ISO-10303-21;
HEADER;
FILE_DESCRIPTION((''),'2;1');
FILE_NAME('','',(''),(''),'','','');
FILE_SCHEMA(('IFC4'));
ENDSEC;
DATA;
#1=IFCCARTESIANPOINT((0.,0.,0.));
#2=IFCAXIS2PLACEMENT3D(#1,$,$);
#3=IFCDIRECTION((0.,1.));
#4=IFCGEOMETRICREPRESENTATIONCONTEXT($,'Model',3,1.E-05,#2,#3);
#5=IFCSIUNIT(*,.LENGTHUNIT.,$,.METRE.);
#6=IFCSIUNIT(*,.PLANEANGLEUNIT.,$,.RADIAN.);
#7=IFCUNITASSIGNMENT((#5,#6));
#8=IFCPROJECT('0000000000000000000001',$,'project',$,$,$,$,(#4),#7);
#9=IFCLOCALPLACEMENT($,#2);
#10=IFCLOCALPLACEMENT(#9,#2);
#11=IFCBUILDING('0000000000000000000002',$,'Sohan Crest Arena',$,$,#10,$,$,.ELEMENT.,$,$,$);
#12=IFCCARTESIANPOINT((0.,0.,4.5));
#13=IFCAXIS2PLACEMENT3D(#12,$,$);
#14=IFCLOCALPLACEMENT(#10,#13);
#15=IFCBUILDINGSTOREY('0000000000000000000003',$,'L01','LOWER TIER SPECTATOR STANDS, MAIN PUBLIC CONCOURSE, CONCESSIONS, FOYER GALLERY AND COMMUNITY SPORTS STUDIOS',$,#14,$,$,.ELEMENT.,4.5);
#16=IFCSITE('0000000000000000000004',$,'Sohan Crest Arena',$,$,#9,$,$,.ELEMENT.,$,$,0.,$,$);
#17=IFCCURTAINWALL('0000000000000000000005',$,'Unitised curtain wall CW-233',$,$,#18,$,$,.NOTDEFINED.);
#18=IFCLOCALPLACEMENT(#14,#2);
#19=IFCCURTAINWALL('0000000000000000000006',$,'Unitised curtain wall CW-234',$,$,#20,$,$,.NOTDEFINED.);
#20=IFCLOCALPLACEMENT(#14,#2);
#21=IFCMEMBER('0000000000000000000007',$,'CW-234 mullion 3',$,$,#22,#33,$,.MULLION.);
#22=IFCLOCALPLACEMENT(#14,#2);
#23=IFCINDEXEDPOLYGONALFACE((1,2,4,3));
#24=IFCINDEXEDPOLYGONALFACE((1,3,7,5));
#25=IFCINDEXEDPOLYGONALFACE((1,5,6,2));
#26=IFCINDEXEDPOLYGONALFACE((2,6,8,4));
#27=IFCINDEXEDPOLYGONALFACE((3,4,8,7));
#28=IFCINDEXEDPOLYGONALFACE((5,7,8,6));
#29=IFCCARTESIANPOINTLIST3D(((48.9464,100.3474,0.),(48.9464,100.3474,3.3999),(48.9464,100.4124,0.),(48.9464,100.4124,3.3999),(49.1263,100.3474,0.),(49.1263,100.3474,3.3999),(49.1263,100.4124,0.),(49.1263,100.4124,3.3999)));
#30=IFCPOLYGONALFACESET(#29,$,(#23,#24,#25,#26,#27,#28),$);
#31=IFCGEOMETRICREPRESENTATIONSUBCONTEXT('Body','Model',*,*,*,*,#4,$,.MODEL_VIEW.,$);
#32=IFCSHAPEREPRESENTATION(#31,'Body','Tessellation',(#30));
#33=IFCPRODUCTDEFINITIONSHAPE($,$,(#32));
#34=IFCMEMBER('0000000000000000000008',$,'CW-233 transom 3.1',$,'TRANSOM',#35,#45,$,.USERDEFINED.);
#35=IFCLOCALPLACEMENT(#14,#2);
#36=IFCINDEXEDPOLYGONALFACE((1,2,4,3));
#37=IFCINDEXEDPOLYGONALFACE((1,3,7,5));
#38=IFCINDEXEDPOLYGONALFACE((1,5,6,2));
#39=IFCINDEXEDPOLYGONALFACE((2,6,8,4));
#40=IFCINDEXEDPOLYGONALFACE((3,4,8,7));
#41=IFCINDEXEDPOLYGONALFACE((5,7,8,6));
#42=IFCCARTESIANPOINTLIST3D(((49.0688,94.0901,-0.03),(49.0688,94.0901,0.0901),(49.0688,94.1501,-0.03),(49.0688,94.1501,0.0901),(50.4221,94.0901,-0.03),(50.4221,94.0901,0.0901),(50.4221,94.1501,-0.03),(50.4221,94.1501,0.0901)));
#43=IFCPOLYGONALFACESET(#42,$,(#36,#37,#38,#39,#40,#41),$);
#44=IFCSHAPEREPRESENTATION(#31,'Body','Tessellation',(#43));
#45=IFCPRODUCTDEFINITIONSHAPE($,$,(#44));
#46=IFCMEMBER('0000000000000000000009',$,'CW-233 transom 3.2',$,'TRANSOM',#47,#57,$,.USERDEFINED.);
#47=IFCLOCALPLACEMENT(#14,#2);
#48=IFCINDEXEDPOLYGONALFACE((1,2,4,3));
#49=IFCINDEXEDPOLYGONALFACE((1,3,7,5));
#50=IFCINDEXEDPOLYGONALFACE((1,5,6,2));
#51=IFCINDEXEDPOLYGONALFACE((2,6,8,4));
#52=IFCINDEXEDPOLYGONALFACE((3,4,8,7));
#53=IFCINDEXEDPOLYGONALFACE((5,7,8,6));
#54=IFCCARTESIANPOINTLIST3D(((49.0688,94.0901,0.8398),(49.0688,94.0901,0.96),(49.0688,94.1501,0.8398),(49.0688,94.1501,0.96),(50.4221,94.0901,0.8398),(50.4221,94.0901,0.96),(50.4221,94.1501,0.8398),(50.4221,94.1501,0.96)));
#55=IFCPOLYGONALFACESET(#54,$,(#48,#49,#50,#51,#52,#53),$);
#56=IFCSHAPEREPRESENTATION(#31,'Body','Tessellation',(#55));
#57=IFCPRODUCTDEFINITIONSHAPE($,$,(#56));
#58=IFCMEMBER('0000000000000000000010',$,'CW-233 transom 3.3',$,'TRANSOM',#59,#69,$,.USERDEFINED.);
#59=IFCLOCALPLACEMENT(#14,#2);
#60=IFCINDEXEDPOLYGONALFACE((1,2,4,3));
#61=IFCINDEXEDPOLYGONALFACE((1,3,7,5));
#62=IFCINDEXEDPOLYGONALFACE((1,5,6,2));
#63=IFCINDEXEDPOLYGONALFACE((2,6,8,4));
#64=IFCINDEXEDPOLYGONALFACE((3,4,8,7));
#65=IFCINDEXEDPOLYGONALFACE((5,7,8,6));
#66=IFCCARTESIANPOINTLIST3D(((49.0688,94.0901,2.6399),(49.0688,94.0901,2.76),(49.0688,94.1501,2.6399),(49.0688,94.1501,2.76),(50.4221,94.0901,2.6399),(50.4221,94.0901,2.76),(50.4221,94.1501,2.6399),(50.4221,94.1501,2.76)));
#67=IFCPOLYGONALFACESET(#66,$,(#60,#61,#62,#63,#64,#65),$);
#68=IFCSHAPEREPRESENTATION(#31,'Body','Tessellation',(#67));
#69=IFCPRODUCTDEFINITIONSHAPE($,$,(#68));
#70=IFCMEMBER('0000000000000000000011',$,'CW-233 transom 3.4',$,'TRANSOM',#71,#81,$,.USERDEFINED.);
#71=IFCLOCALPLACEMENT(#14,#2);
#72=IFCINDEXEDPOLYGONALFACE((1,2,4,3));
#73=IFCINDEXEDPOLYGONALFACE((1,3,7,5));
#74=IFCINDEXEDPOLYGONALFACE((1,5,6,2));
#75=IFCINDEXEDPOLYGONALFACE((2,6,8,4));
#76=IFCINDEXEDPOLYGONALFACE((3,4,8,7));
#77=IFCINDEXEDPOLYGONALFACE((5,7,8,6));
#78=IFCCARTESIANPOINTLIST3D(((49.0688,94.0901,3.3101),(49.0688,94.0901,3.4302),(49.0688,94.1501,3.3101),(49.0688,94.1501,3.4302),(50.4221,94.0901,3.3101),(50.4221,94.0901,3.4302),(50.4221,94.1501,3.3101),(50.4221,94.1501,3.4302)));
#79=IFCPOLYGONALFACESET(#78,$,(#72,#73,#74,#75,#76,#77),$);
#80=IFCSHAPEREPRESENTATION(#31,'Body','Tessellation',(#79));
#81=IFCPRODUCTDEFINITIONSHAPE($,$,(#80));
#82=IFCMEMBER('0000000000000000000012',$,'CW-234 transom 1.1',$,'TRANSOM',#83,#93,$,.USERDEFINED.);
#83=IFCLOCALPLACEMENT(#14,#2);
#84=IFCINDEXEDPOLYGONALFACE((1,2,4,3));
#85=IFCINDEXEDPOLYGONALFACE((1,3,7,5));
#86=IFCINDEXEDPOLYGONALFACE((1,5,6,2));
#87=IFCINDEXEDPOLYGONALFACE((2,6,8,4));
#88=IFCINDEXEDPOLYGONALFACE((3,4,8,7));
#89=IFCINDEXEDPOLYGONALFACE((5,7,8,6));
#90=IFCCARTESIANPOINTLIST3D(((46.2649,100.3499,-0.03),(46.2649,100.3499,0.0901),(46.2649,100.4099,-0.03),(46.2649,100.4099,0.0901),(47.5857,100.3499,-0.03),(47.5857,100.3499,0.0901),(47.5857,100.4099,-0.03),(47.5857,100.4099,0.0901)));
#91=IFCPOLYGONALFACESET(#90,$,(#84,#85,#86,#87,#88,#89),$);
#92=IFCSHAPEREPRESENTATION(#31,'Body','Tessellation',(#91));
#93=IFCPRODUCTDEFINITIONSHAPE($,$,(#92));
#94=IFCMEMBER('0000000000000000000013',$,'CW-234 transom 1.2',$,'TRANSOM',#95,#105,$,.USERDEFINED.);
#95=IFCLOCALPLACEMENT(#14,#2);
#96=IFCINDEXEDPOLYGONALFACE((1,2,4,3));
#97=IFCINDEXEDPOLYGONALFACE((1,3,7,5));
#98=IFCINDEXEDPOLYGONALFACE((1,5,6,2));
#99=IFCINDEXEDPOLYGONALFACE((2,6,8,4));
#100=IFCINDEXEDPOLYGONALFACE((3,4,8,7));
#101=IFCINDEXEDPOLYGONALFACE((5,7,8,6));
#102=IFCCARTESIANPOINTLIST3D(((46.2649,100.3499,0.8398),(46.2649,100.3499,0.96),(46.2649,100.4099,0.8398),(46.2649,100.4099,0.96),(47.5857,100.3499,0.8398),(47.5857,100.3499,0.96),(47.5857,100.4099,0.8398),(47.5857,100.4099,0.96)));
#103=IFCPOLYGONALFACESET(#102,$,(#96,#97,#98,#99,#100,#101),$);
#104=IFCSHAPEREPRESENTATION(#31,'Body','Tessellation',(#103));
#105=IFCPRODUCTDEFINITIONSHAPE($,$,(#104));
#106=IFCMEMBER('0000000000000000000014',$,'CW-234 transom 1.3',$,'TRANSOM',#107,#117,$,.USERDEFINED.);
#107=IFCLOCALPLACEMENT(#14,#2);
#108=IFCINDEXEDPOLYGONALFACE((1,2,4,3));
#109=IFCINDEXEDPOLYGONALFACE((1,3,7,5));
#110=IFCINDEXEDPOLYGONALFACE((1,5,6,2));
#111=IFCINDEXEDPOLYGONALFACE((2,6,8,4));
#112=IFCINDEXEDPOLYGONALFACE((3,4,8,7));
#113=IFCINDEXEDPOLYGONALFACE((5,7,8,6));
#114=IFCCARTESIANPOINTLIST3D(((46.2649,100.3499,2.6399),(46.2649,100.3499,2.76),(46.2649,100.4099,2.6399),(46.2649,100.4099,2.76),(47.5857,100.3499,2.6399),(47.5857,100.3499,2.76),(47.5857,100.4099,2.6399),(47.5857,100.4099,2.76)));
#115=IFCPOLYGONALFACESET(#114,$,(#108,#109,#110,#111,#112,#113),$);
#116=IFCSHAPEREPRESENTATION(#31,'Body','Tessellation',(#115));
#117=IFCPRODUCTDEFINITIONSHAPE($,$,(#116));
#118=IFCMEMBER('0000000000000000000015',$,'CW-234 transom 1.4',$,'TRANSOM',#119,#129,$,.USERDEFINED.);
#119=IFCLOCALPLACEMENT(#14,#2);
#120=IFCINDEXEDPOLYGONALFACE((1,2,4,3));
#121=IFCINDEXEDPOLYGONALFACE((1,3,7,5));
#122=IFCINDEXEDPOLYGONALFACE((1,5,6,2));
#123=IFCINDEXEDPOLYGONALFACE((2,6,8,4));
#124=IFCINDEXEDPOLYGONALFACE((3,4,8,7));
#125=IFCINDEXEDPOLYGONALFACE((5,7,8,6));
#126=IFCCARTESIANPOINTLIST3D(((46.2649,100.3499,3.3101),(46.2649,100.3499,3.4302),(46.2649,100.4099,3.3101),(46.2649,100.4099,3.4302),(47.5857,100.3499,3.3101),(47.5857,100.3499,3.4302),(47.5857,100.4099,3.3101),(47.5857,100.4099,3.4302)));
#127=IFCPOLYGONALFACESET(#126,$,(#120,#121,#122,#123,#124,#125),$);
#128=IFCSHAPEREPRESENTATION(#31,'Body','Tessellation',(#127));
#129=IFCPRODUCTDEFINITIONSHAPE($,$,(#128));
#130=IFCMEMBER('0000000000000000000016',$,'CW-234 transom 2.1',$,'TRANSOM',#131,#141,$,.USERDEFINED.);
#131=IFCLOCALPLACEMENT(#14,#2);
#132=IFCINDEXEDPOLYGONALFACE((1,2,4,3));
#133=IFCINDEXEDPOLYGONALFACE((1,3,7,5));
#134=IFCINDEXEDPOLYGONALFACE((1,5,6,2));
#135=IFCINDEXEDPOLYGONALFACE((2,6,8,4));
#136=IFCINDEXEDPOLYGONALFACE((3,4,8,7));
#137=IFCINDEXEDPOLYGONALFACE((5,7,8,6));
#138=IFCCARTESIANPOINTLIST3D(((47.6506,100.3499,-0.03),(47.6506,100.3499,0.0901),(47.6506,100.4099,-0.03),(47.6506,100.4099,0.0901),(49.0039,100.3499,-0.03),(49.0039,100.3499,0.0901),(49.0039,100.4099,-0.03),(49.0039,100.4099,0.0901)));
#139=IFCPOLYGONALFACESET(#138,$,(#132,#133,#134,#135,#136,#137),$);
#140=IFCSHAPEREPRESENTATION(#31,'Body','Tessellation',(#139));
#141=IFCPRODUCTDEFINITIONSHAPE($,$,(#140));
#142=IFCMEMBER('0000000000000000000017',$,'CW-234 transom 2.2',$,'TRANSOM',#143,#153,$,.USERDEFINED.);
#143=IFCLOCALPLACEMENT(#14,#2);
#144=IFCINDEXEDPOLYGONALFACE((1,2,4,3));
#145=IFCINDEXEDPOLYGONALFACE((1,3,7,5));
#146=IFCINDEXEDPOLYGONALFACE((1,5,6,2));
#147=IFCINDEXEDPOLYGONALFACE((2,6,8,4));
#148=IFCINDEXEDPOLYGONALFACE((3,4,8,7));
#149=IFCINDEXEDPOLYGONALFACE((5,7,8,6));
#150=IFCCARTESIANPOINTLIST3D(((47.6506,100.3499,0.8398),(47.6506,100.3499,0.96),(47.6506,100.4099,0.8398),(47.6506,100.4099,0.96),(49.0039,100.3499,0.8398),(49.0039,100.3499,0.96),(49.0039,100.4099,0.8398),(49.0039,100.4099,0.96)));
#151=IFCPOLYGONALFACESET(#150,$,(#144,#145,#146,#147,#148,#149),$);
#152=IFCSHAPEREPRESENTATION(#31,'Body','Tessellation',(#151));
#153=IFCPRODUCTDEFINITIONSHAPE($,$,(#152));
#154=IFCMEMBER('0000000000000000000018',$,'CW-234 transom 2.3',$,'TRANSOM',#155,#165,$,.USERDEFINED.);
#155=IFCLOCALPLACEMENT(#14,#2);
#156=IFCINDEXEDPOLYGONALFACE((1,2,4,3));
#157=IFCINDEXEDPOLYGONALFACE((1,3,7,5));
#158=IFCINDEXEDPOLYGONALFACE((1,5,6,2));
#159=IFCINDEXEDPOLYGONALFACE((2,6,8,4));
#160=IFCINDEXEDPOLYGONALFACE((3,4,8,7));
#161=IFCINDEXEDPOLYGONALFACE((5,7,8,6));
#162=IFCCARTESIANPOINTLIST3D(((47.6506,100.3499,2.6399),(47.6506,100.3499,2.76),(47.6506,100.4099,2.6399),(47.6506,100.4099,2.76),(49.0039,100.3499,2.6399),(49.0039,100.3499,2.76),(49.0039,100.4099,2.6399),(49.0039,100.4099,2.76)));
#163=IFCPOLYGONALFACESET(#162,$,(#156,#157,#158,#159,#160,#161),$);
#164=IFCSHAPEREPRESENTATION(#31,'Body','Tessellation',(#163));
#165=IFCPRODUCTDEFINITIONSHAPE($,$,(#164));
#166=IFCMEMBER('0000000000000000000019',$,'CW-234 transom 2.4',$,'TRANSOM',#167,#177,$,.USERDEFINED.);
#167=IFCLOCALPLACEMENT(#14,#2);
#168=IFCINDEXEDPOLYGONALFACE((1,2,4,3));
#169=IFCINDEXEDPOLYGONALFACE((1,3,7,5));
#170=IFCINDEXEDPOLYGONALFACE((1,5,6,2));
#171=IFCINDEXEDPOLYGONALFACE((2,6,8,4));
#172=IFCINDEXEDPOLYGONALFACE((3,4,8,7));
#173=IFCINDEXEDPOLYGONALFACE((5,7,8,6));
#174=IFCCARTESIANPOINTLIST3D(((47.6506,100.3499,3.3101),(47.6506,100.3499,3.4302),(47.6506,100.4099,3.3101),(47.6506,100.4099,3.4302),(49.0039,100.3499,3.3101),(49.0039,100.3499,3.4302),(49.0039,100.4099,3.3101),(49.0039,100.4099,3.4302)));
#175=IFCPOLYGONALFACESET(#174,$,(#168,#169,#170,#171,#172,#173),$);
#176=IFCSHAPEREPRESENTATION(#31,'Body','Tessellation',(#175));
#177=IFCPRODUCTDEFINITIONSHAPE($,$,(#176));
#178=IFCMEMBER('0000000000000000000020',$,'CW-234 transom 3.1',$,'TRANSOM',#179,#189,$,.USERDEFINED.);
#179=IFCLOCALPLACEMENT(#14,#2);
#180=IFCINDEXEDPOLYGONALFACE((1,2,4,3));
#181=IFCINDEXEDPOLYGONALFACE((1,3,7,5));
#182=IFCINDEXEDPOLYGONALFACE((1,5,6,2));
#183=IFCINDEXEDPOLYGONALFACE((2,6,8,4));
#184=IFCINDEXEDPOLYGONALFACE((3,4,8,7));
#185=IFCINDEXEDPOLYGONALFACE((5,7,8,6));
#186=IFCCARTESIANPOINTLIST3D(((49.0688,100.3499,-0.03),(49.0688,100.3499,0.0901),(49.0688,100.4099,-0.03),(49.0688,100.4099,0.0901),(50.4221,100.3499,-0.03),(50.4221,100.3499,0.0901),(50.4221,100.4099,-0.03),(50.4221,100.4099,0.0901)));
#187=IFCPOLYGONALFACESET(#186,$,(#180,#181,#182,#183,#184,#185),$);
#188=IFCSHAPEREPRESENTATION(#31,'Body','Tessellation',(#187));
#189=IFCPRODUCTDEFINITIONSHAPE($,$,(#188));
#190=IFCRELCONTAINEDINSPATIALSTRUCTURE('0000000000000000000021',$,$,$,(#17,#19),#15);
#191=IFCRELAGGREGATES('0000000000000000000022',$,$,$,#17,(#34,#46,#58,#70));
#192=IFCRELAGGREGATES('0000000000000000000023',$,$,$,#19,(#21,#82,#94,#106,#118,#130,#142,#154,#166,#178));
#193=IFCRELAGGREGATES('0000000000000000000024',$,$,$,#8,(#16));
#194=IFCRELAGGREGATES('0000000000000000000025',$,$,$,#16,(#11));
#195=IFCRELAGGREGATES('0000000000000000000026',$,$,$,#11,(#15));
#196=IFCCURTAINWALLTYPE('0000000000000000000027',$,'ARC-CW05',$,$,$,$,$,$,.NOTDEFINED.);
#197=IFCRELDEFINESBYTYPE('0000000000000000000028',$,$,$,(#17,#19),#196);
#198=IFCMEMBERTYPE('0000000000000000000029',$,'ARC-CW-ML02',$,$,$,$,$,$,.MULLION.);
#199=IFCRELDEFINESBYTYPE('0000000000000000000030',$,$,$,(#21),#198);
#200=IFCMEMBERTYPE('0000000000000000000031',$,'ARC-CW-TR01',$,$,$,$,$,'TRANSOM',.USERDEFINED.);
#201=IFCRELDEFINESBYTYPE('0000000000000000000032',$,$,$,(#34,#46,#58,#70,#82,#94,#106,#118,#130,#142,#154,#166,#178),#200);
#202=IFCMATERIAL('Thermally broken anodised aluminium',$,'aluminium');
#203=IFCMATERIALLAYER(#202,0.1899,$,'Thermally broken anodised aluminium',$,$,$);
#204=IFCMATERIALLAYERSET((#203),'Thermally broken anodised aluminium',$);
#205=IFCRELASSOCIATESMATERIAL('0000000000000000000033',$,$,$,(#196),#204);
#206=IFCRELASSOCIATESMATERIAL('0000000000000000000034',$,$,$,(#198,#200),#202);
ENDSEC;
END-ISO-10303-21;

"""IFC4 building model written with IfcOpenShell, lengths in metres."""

from ifc_helpers import new_model, si_unit, direction, frame, origin, origin_2d, place, context, subcontext, project, spatial, rectangle, extrude, material, layer, layer_set, material_profile, profile_set, type_object, element, aggregate, save


model = new_model("IFC4")

# Units and contexts
model_context = context("Model", 3, precision=1e-05, world=origin(), true_north=direction((0.0, 1.0)))
body_context = subcontext(model_context, "Body", "Model", "MODEL_VIEW")
ifc_project = project(units=[si_unit("LENGTHUNIT", "METRE"), si_unit("PLANEANGLEUNIT", "RADIAN")], contexts=[model_context])

# Site, building, storey
site_placement = place(None, origin())
site = spatial("IfcSite", under=ifc_project, at=site_placement, Name="Sohan Crest Arena", CompositionType="ELEMENT", RefElevation=0.0)
building_placement = place(site_placement, origin())
building = spatial("IfcBuilding", under=site, at=building_placement, Name="Sohan Crest Arena", CompositionType="ELEMENT")
storey_placement = place(building_placement, frame((0.0, 0.0, 4.5)))
storey = spatial("IfcBuildingStorey", under=building, at=storey_placement, Name="L01", Description="LOWER TIER SPECTATOR STANDS, MAIN PUBLIC CONCOURSE, CONCESSIONS, FOYER GALLERY AND COMMUNITY SPORTS STUDIOS", CompositionType="ELEMENT", Elevation=4.5)

# Curtain wall
ifc_material_1 = material(Name="Thermally broken anodised aluminium", Category="aluminium")
ifc_layer_1 = layer(ifc_material_1, 0.1899, Name="Thermally broken anodised aluminium")
ifc_layer_set_1 = layer_set([ifc_layer_1], Name="Thermally broken anodised aluminium")
curtain_wall_type = type_object("IfcCurtainWallType", Name="ARC-CW05", PredefinedType="NOTDEFINED", material=ifc_layer_set_1)
curtain_wall_1_placement = place(storey_placement, origin())
curtain_wall_1 = element("IfcCurtainWall", 1, at=curtain_wall_1_placement, inside=storey, type_object=curtain_wall_type, Name="Unitised curtain wall CW-233", PredefinedType="NOTDEFINED")
ifc_material_profile_1 = material_profile(ifc_material_1, rectangle(XDim=0.0649, YDim=0.1799, at=origin_2d()), Name="ALU-MULL 65x180")
ifc_profile_set_1 = profile_set([ifc_material_profile_1], Name="Thermally broken anodised aluminium")
member_type_1 = type_object("IfcMemberType", Name="ARC-CW-ML02", PredefinedType="MULLION", material=ifc_profile_set_1)

# Curtain wall, member
curtain_wall_2_placement = place(storey_placement, origin())
curtain_wall_2 = element("IfcCurtainWall", 2, at=curtain_wall_2_placement, inside=storey, type_object=curtain_wall_type, Name="Unitised curtain wall CW-234", PredefinedType="NOTDEFINED")
member_1_placement = place(storey_placement, frame((49.0364, 100.3799, 0.0), z_axis=(0.0, 0.0, 1.0), x_axis=(0.0, 1.0, 0.0)))
member_1 = element("IfcMember", 3, at=member_1_placement, type_object=member_type_1, Name="CW-234 mullion 3", PredefinedType="MULLION", context=body_context, shape_type="SweptSolid", body=[
    extrude(rectangle(XDim=0.0649, YDim=0.1799, at=origin_2d()), origin(), (0.0, 0.0, 1.0), 3.3999),
])

# Members
ifc_material_profile_2 = material_profile(ifc_material_1, rectangle(XDim=0.0601, YDim=0.1201, at=origin_2d()), Name="ALU-TRAN 60x120")
ifc_profile_set_2 = profile_set([ifc_material_profile_2], Name="Thermally broken anodised aluminium")
member_type_2 = type_object("IfcMemberType", Name="ARC-CW-TR01", ElementType="TRANSOM", PredefinedType="USERDEFINED", material=ifc_profile_set_2)
member_2_placement = place(storey_placement, frame((49.0688, 94.1201, 0.03), z_axis=(1.0, 0.0, 0.0), x_axis=(0.0, 1.0, 0.0)))
member_2 = element("IfcMember", 4, at=member_2_placement, type_object=member_type_2, Name="CW-233 transom 3.1", ObjectType="TRANSOM", PredefinedType="USERDEFINED", context=body_context, shape_type="SweptSolid", body=[
    extrude(rectangle(XDim=0.0601, YDim=0.1201, at=origin_2d()), origin(), (0.0, 0.0, 1.0), 1.3533),
])
member_3_placement = place(storey_placement, frame((49.0688, 94.1201, 0.8999), z_axis=(1.0, 0.0, 0.0), x_axis=(0.0, 1.0, 0.0)))
member_3 = element("IfcMember", 5, at=member_3_placement, type_object=member_type_2, Name="CW-233 transom 3.2", ObjectType="TRANSOM", PredefinedType="USERDEFINED", context=body_context, shape_type="SweptSolid", body=[
    extrude(rectangle(XDim=0.0601, YDim=0.1201, at=origin_2d()), origin(), (0.0, 0.0, 1.0), 1.3533),
])
member_4_placement = place(storey_placement, frame((49.0688, 94.1201, 2.7), z_axis=(1.0, 0.0, 0.0), x_axis=(0.0, 1.0, 0.0)))
member_4 = element("IfcMember", 6, at=member_4_placement, type_object=member_type_2, Name="CW-233 transom 3.3", ObjectType="TRANSOM", PredefinedType="USERDEFINED", context=body_context, shape_type="SweptSolid", body=[
    extrude(rectangle(XDim=0.0601, YDim=0.1201, at=origin_2d()), origin(), (0.0, 0.0, 1.0), 1.3533),
])
member_5_placement = place(storey_placement, frame((49.0688, 94.1201, 3.3701), z_axis=(1.0, 0.0, 0.0), x_axis=(0.0, 1.0, 0.0)))
member_5 = element("IfcMember", 7, at=member_5_placement, type_object=member_type_2, Name="CW-233 transom 3.4", ObjectType="TRANSOM", PredefinedType="USERDEFINED", context=body_context, shape_type="SweptSolid", body=[
    extrude(rectangle(XDim=0.0601, YDim=0.1201, at=origin_2d()), origin(), (0.0, 0.0, 1.0), 1.3533),
])
member_6_placement = place(storey_placement, frame((46.2649, 100.3799, 0.03), z_axis=(1.0, 0.0, 0.0), x_axis=(0.0, 1.0, 0.0)))
member_6 = element("IfcMember", 8, at=member_6_placement, type_object=member_type_2, Name="CW-234 transom 1.1", ObjectType="TRANSOM", PredefinedType="USERDEFINED", context=body_context, shape_type="SweptSolid", body=[
    extrude(rectangle(XDim=0.0601, YDim=0.1201, at=origin_2d()), origin(), (0.0, 0.0, 1.0), 1.3208),
])
member_7_placement = place(storey_placement, frame((46.2649, 100.3799, 0.8999), z_axis=(1.0, 0.0, 0.0), x_axis=(0.0, 1.0, 0.0)))
member_7 = element("IfcMember", 9, at=member_7_placement, type_object=member_type_2, Name="CW-234 transom 1.2", ObjectType="TRANSOM", PredefinedType="USERDEFINED", context=body_context, shape_type="SweptSolid", body=[
    extrude(rectangle(XDim=0.0601, YDim=0.1201, at=origin_2d()), origin(), (0.0, 0.0, 1.0), 1.3208),
])
member_8_placement = place(storey_placement, frame((46.2649, 100.3799, 2.7), z_axis=(1.0, 0.0, 0.0), x_axis=(0.0, 1.0, 0.0)))
member_8 = element("IfcMember", 10, at=member_8_placement, type_object=member_type_2, Name="CW-234 transom 1.3", ObjectType="TRANSOM", PredefinedType="USERDEFINED", context=body_context, shape_type="SweptSolid", body=[
    extrude(rectangle(XDim=0.0601, YDim=0.1201, at=origin_2d()), origin(), (0.0, 0.0, 1.0), 1.3208),
])
member_9_placement = place(storey_placement, frame((46.2649, 100.3799, 3.3701), z_axis=(1.0, 0.0, 0.0), x_axis=(0.0, 1.0, 0.0)))
member_9 = element("IfcMember", 11, at=member_9_placement, type_object=member_type_2, Name="CW-234 transom 1.4", ObjectType="TRANSOM", PredefinedType="USERDEFINED", context=body_context, shape_type="SweptSolid", body=[
    extrude(rectangle(XDim=0.0601, YDim=0.1201, at=origin_2d()), origin(), (0.0, 0.0, 1.0), 1.3208),
])
member_10_placement = place(storey_placement, frame((47.6506, 100.3799, 0.03), z_axis=(1.0, 0.0, 0.0), x_axis=(0.0, 1.0, 0.0)))
member_10 = element("IfcMember", 12, at=member_10_placement, type_object=member_type_2, Name="CW-234 transom 2.1", ObjectType="TRANSOM", PredefinedType="USERDEFINED", context=body_context, shape_type="SweptSolid", body=[
    extrude(rectangle(XDim=0.0601, YDim=0.1201, at=origin_2d()), origin(), (0.0, 0.0, 1.0), 1.3533),
])
member_11_placement = place(storey_placement, frame((47.6506, 100.3799, 0.8999), z_axis=(1.0, 0.0, 0.0), x_axis=(0.0, 1.0, 0.0)))
member_11 = element("IfcMember", 13, at=member_11_placement, type_object=member_type_2, Name="CW-234 transom 2.2", ObjectType="TRANSOM", PredefinedType="USERDEFINED", context=body_context, shape_type="SweptSolid", body=[
    extrude(rectangle(XDim=0.0601, YDim=0.1201, at=origin_2d()), origin(), (0.0, 0.0, 1.0), 1.3533),
])
member_12_placement = place(storey_placement, frame((47.6506, 100.3799, 2.7), z_axis=(1.0, 0.0, 0.0), x_axis=(0.0, 1.0, 0.0)))
member_12 = element("IfcMember", 14, at=member_12_placement, type_object=member_type_2, Name="CW-234 transom 2.3", ObjectType="TRANSOM", PredefinedType="USERDEFINED", context=body_context, shape_type="SweptSolid", body=[
    extrude(rectangle(XDim=0.0601, YDim=0.1201, at=origin_2d()), origin(), (0.0, 0.0, 1.0), 1.3533),
])
member_13_placement = place(storey_placement, frame((47.6506, 100.3799, 3.3701), z_axis=(1.0, 0.0, 0.0), x_axis=(0.0, 1.0, 0.0)))
member_13 = element("IfcMember", 15, at=member_13_placement, type_object=member_type_2, Name="CW-234 transom 2.4", ObjectType="TRANSOM", PredefinedType="USERDEFINED", context=body_context, shape_type="SweptSolid", body=[
    extrude(rectangle(XDim=0.0601, YDim=0.1201, at=origin_2d()), origin(), (0.0, 0.0, 1.0), 1.3533),
])
member_14_placement = place(storey_placement, frame((49.0688, 100.3799, 0.03), z_axis=(1.0, 0.0, 0.0), x_axis=(0.0, 1.0, 0.0)))
member_14 = element("IfcMember", 16, at=member_14_placement, type_object=member_type_2, Name="CW-234 transom 3.1", ObjectType="TRANSOM", PredefinedType="USERDEFINED", context=body_context, shape_type="SweptSolid", body=[
    extrude(rectangle(XDim=0.0601, YDim=0.1201, at=origin_2d()), origin(), (0.0, 0.0, 1.0), 1.3533),
])

aggregate(curtain_wall_1, [member_2, member_3, member_4, member_5])
aggregate(curtain_wall_2, [member_1, member_6, member_7, member_8, member_9, member_10, member_11, member_12, member_13, member_14])

save(model, "model.ifc")
